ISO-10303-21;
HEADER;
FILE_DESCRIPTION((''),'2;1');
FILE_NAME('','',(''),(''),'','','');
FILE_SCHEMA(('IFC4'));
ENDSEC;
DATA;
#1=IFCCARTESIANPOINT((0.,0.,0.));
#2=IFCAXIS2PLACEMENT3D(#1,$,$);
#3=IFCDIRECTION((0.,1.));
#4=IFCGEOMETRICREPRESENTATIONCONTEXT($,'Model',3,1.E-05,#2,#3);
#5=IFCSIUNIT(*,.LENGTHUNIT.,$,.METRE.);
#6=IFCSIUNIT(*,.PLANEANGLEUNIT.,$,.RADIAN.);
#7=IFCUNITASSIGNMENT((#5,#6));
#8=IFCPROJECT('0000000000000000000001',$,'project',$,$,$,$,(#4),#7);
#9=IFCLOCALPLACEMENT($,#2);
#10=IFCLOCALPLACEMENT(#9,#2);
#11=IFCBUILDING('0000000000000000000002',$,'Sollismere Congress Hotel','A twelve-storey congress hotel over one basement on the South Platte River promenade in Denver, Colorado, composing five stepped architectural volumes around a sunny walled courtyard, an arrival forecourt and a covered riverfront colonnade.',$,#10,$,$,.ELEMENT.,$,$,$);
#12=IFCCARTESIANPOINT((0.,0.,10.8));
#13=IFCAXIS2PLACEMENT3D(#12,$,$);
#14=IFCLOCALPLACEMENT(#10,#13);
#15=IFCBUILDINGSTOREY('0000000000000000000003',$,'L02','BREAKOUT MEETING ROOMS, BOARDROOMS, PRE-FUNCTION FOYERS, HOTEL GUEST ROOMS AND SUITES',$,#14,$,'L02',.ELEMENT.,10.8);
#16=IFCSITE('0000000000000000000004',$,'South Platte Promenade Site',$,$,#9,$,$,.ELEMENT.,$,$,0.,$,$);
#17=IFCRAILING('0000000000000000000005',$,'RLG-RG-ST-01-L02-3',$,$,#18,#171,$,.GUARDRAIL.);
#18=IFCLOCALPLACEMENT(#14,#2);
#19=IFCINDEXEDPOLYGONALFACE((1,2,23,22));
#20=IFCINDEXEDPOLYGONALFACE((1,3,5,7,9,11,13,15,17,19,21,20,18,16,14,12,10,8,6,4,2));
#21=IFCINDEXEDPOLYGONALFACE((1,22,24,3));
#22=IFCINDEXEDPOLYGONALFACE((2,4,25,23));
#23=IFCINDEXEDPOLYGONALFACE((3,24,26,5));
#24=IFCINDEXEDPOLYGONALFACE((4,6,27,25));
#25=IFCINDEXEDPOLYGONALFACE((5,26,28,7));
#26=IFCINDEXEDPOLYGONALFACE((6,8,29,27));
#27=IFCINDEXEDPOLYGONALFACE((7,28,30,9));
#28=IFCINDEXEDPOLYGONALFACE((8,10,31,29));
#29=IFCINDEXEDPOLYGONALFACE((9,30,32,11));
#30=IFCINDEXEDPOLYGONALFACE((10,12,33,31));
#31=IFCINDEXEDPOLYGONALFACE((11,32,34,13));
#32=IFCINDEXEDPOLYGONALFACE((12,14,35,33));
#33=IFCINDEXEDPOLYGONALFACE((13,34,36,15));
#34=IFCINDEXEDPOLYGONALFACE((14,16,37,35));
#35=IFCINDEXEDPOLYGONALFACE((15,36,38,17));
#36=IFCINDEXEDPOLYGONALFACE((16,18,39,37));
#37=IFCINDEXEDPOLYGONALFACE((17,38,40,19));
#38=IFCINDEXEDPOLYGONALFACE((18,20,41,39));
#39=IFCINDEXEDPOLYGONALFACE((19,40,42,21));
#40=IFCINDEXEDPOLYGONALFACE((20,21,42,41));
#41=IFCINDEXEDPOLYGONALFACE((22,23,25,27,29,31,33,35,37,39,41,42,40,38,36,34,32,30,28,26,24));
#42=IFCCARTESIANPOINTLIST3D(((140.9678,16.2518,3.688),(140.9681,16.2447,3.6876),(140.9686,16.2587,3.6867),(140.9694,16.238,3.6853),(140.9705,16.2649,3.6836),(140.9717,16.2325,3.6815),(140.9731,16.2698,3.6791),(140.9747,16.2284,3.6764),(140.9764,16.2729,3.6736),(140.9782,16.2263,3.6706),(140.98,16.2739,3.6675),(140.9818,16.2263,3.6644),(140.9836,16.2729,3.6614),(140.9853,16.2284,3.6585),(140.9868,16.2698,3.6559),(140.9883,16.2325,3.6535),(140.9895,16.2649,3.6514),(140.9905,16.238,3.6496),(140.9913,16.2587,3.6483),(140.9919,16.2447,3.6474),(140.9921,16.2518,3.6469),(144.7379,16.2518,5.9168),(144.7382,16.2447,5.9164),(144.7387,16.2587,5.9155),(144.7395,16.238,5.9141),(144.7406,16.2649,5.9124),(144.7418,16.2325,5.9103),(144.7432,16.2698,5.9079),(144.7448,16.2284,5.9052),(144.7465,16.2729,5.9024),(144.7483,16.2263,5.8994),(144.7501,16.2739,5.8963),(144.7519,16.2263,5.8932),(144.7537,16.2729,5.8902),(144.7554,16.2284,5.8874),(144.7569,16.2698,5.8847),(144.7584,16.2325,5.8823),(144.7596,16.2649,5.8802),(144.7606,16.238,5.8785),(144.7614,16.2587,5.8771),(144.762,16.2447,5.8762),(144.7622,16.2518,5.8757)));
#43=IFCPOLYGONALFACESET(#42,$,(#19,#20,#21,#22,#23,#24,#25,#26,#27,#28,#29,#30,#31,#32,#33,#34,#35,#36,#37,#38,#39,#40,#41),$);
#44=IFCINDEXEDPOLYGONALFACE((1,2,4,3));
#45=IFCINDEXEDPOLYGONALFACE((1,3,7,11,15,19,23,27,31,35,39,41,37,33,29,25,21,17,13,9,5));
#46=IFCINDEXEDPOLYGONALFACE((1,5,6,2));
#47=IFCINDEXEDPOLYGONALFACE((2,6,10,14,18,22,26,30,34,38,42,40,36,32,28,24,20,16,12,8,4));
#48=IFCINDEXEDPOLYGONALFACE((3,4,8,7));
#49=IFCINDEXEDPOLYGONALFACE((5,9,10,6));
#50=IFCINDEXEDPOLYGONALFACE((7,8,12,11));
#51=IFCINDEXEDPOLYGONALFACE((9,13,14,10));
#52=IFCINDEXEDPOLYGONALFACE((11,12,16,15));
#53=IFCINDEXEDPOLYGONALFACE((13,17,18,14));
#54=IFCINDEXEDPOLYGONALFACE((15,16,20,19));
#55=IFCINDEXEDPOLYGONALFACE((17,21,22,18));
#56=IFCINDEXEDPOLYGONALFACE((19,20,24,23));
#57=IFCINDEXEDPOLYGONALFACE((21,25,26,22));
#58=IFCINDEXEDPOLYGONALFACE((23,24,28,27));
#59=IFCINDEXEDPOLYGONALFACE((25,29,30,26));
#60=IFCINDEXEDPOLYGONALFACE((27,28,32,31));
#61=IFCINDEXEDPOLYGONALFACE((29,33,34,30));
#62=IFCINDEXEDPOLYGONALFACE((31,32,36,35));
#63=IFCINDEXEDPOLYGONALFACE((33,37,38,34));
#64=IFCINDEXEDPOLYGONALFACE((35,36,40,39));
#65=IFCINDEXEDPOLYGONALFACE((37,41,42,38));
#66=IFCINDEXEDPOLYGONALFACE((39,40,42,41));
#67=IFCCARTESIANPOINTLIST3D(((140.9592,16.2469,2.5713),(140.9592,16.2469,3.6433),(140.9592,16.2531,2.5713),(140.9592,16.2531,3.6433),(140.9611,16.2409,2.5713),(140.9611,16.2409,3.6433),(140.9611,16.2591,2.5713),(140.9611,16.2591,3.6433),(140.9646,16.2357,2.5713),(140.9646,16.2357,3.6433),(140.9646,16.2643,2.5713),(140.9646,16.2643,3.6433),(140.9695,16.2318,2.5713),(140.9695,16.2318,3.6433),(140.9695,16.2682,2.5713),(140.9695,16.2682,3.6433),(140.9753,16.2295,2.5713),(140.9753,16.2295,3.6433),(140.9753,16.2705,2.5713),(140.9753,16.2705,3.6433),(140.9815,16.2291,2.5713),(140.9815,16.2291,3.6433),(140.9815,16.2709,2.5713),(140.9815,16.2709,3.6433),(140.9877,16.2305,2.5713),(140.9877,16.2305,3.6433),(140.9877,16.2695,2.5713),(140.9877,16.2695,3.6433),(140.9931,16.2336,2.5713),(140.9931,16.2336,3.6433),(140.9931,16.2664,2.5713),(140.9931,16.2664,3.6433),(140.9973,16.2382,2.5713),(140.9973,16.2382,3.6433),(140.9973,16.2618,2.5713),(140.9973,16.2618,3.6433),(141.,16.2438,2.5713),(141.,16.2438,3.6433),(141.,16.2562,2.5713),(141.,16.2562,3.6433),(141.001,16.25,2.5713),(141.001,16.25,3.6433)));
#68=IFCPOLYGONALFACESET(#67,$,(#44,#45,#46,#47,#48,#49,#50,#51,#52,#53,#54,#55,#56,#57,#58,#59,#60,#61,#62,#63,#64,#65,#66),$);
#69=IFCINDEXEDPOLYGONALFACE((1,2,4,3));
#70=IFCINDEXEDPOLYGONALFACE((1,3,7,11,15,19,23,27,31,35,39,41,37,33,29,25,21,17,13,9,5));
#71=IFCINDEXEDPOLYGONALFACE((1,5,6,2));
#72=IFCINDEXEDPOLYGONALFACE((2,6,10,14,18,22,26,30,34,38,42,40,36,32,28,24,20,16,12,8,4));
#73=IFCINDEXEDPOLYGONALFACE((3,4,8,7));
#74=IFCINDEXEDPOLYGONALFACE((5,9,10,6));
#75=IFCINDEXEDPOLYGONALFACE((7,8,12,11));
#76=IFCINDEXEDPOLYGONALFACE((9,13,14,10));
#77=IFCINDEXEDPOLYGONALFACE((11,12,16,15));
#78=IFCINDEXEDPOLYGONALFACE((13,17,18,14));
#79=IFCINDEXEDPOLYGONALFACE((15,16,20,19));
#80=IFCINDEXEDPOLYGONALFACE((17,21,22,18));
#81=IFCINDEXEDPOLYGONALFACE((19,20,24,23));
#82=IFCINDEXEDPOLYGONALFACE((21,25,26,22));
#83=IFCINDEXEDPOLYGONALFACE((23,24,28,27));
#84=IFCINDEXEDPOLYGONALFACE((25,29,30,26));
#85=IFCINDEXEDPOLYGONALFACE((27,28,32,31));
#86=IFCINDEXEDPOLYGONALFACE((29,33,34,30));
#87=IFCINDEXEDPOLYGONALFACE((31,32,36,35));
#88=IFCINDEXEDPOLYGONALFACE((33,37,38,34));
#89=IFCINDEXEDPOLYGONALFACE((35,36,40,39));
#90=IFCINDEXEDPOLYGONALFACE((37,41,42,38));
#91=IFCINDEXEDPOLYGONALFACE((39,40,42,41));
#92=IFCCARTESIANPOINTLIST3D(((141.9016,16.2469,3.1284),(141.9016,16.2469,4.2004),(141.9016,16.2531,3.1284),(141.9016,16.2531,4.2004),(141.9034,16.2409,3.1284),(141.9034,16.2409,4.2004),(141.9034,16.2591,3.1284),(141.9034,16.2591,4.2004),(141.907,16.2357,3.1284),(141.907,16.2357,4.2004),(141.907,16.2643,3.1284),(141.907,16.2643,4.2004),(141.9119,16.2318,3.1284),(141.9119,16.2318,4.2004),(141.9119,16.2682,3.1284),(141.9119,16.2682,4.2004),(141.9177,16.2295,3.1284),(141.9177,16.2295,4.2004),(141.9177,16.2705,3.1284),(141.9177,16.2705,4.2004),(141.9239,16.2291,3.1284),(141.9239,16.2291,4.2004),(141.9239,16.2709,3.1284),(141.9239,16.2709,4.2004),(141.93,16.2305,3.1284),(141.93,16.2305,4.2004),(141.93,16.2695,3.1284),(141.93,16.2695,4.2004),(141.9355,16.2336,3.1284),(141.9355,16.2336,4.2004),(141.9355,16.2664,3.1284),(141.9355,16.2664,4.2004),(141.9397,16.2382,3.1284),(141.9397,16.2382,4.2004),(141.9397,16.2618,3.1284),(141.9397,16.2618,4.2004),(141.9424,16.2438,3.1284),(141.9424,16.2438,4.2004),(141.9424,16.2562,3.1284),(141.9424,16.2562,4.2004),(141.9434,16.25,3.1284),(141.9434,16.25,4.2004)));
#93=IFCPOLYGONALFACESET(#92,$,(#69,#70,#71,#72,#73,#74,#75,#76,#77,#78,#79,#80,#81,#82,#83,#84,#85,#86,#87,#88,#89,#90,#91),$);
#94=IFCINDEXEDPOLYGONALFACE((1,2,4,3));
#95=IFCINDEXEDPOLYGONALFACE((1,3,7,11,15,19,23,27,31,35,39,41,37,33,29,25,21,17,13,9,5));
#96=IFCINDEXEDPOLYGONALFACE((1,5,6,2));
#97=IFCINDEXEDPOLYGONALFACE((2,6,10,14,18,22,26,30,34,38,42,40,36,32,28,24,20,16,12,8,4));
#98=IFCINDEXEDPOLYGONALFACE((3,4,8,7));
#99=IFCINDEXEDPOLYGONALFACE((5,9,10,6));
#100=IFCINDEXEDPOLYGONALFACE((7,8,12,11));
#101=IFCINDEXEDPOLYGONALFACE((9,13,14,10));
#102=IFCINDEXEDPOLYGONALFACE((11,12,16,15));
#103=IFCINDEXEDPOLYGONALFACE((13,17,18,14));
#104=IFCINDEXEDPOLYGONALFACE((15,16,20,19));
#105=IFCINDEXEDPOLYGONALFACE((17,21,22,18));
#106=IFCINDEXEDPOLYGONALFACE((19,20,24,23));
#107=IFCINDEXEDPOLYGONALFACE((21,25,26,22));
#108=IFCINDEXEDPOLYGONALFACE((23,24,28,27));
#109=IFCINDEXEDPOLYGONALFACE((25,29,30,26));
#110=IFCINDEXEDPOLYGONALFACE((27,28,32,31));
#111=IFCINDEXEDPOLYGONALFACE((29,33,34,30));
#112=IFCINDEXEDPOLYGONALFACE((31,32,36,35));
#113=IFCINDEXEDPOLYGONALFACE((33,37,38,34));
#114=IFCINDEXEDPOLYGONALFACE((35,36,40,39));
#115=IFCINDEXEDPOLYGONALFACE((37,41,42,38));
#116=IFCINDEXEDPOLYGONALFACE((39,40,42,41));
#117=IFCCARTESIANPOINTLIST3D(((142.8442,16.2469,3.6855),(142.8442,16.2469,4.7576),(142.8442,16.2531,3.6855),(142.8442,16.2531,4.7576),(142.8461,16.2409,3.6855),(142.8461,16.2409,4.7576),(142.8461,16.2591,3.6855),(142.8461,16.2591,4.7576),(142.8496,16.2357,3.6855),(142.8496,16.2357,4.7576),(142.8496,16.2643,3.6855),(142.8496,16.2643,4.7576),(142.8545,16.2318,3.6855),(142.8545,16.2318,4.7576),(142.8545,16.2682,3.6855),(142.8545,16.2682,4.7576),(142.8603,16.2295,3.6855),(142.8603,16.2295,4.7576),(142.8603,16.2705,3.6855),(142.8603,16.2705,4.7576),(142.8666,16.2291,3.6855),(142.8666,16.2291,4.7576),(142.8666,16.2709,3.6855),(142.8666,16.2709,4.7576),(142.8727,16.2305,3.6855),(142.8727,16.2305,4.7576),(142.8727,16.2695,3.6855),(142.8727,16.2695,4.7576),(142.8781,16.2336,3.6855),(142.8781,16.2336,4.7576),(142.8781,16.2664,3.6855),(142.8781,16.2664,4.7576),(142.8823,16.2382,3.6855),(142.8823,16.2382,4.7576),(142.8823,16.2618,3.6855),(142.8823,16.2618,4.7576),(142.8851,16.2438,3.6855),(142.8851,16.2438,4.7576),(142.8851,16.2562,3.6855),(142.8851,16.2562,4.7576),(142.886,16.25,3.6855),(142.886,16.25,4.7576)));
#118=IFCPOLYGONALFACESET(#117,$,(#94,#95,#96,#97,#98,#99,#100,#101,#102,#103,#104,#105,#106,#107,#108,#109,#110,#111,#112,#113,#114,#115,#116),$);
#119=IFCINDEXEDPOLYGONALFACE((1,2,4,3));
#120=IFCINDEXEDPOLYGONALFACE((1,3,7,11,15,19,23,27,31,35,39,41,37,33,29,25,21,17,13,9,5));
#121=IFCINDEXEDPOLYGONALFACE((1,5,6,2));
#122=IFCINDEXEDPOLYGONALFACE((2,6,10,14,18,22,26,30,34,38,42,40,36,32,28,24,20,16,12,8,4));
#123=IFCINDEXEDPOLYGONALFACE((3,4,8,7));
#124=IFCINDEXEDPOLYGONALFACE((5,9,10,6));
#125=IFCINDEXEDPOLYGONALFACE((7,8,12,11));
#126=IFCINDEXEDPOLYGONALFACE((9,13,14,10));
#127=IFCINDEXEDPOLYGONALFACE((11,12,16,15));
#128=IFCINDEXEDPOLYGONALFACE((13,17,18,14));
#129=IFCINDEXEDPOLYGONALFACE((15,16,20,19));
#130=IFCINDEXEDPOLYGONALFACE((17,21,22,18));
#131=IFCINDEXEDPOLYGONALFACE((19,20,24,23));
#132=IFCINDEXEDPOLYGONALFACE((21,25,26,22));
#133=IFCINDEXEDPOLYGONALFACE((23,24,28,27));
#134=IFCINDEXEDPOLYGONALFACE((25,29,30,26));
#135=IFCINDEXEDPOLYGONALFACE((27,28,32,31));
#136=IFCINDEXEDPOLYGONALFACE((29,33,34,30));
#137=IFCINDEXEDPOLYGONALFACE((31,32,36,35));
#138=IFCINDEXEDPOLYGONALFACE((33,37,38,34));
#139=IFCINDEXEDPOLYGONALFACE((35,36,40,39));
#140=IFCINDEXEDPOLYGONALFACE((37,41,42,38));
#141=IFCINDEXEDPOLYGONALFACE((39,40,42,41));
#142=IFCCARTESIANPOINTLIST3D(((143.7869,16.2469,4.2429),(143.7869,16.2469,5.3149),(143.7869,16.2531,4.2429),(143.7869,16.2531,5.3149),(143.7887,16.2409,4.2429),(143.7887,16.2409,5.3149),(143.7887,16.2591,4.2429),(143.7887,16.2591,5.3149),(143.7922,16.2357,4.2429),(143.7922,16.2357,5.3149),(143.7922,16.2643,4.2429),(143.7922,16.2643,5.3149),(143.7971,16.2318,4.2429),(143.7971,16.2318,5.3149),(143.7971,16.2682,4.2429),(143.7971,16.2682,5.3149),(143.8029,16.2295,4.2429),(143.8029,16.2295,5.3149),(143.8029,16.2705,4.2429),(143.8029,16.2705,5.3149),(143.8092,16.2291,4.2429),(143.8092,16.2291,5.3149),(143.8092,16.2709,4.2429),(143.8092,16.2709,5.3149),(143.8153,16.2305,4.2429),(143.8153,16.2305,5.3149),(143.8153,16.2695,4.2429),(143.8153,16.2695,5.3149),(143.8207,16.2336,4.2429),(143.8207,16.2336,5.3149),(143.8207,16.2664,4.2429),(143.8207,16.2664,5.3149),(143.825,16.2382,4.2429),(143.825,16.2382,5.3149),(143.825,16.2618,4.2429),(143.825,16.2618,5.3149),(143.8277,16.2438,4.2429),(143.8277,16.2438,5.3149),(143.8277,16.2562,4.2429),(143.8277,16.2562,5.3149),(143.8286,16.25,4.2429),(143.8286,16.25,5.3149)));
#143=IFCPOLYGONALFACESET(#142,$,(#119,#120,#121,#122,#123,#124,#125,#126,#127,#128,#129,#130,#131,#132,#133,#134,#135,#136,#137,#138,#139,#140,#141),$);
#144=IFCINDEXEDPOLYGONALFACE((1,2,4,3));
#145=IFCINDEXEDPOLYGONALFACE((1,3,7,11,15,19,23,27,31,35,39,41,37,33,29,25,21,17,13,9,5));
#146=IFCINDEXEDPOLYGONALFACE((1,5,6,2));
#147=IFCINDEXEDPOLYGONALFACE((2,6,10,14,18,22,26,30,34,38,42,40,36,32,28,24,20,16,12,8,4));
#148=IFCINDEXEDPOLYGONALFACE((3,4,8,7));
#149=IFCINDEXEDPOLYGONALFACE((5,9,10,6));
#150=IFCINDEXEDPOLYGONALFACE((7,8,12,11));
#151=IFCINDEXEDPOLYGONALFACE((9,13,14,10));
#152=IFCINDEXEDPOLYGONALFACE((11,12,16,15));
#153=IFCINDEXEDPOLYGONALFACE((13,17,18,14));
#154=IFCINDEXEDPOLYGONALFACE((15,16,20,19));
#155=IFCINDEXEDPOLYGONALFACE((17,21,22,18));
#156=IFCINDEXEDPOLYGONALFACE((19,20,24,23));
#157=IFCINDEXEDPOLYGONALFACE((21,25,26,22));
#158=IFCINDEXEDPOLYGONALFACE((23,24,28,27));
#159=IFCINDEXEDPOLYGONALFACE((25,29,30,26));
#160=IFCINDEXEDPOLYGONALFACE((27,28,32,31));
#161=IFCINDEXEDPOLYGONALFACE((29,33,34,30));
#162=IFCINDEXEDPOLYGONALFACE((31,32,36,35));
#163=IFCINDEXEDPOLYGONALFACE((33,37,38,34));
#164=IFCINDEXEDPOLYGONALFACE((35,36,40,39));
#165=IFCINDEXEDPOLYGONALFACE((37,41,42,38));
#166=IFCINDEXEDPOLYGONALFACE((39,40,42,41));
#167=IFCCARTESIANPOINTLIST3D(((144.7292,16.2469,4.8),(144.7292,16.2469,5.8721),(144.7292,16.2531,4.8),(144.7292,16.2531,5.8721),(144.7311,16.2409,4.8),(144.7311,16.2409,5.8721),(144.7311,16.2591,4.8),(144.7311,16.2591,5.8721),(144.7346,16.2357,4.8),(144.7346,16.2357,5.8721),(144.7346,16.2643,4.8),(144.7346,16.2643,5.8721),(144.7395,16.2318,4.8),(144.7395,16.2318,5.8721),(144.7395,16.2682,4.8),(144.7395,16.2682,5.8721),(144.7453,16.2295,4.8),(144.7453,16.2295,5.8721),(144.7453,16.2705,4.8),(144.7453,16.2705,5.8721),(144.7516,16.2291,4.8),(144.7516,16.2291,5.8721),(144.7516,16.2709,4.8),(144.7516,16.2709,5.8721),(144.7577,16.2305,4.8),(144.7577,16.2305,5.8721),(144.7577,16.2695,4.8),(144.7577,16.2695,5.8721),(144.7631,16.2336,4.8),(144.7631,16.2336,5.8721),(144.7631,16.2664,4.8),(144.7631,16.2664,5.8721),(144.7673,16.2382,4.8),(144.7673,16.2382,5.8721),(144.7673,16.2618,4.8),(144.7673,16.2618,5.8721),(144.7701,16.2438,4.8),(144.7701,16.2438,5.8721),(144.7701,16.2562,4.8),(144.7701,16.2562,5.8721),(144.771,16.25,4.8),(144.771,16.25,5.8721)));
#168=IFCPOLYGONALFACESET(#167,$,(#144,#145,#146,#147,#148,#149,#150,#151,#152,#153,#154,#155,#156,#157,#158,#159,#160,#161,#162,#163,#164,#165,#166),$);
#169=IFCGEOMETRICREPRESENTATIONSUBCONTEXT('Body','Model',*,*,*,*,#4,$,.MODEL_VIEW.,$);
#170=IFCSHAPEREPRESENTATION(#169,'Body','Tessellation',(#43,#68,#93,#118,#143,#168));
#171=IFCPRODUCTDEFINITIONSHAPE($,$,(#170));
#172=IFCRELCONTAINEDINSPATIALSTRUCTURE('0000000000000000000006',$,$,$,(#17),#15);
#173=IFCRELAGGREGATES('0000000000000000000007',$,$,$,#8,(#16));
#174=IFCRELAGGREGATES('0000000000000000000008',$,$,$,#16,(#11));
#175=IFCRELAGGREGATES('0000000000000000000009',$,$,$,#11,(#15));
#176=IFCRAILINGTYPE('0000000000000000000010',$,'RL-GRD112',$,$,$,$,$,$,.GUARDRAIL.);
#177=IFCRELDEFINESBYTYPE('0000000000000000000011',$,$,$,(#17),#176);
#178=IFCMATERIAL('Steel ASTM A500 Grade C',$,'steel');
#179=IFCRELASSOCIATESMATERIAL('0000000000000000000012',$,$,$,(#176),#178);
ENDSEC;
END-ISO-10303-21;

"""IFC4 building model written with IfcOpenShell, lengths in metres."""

from ifc_helpers import new_model, si_unit, direction, frame, origin, origin_2d, place, context, subcontext, project, spatial, circle, extrude, material, type_object, element, save


model = new_model("IFC4")

# Units and contexts
model_context = context("Model", 3, precision=1e-05, world=origin(), true_north=direction((0.0, 1.0)))
body_context = subcontext(model_context, "Body", "Model", "MODEL_VIEW")
ifc_project = project(units=[si_unit("LENGTHUNIT", "METRE"), si_unit("PLANEANGLEUNIT", "RADIAN")], contexts=[model_context])

# Site, building, storey
site_placement = place(None, origin())
site = spatial("IfcSite", under=ifc_project, at=site_placement, Name="South Platte Promenade Site", CompositionType="ELEMENT", RefElevation=0.0)
building_placement = place(site_placement, origin())
building = spatial("IfcBuilding", under=site, at=building_placement, Name="Sollismere Congress Hotel", Description="A twelve-storey congress hotel over one basement on the South Platte River promenade in Denver, Colorado, composing five stepped architectural volumes around a sunny walled courtyard, an arrival forecourt and a covered riverfront colonnade.", CompositionType="ELEMENT")
storey_placement = place(building_placement, frame((0.0, 0.0, 10.8)))
storey = spatial("IfcBuildingStorey", under=building, at=storey_placement, Name="L02", Description="BREAKOUT MEETING ROOMS, BOARDROOMS, PRE-FUNCTION FOYERS, HOTEL GUEST ROOMS AND SUITES", LongName="L02", CompositionType="ELEMENT", Elevation=10.8)

# Railing
ifc_material_1 = material(Name="Steel ASTM A500 Grade C", Category="steel")
railing_type_1 = type_object("IfcRailingType", Name="RL-GRD112", PredefinedType="GUARDRAIL", material=ifc_material_1)
railing_1_placement = place(storey_placement, frame((140.98, 16.25, 2.5713)))
element("IfcRailing", 1, at=railing_1_placement, inside=storey, type_object=railing_type_1, Name="RLG-RG-ST-01-L02-3", PredefinedType="GUARDRAIL", context=body_context, shape_type="SweptSolid", body=[
    extrude(circle(Radius=0.0239, at=origin_2d()), frame((0.0, 0.0, 1.0962), z_axis=(0.860824, 0.0, 0.508902), x_axis=(0.0, 1.0, 0.0)), (0.0, 0.0, 1.0), 4.3796),
    extrude(circle(Radius=0.021, at=origin_2d()), origin(), (0.0, 0.0, 1.0), 1.072),
    extrude(circle(Radius=0.021, at=origin_2d()), frame((0.9424, 0.0, 0.5571)), (0.0, 0.0, 1.0), 1.072),
    extrude(circle(Radius=0.021, at=origin_2d()), frame((1.885, 0.0, 1.1143)), (0.0, 0.0, 1.0), 1.072),
    extrude(circle(Radius=0.021, at=origin_2d()), frame((2.8276, 0.0, 1.6716)), (0.0, 0.0, 1.0), 1.072),
    extrude(circle(Radius=0.021, at=origin_2d()), frame((3.77, 0.0, 2.2288)), (0.0, 0.0, 1.0), 1.072),
])

save(model, "model.ifc")
